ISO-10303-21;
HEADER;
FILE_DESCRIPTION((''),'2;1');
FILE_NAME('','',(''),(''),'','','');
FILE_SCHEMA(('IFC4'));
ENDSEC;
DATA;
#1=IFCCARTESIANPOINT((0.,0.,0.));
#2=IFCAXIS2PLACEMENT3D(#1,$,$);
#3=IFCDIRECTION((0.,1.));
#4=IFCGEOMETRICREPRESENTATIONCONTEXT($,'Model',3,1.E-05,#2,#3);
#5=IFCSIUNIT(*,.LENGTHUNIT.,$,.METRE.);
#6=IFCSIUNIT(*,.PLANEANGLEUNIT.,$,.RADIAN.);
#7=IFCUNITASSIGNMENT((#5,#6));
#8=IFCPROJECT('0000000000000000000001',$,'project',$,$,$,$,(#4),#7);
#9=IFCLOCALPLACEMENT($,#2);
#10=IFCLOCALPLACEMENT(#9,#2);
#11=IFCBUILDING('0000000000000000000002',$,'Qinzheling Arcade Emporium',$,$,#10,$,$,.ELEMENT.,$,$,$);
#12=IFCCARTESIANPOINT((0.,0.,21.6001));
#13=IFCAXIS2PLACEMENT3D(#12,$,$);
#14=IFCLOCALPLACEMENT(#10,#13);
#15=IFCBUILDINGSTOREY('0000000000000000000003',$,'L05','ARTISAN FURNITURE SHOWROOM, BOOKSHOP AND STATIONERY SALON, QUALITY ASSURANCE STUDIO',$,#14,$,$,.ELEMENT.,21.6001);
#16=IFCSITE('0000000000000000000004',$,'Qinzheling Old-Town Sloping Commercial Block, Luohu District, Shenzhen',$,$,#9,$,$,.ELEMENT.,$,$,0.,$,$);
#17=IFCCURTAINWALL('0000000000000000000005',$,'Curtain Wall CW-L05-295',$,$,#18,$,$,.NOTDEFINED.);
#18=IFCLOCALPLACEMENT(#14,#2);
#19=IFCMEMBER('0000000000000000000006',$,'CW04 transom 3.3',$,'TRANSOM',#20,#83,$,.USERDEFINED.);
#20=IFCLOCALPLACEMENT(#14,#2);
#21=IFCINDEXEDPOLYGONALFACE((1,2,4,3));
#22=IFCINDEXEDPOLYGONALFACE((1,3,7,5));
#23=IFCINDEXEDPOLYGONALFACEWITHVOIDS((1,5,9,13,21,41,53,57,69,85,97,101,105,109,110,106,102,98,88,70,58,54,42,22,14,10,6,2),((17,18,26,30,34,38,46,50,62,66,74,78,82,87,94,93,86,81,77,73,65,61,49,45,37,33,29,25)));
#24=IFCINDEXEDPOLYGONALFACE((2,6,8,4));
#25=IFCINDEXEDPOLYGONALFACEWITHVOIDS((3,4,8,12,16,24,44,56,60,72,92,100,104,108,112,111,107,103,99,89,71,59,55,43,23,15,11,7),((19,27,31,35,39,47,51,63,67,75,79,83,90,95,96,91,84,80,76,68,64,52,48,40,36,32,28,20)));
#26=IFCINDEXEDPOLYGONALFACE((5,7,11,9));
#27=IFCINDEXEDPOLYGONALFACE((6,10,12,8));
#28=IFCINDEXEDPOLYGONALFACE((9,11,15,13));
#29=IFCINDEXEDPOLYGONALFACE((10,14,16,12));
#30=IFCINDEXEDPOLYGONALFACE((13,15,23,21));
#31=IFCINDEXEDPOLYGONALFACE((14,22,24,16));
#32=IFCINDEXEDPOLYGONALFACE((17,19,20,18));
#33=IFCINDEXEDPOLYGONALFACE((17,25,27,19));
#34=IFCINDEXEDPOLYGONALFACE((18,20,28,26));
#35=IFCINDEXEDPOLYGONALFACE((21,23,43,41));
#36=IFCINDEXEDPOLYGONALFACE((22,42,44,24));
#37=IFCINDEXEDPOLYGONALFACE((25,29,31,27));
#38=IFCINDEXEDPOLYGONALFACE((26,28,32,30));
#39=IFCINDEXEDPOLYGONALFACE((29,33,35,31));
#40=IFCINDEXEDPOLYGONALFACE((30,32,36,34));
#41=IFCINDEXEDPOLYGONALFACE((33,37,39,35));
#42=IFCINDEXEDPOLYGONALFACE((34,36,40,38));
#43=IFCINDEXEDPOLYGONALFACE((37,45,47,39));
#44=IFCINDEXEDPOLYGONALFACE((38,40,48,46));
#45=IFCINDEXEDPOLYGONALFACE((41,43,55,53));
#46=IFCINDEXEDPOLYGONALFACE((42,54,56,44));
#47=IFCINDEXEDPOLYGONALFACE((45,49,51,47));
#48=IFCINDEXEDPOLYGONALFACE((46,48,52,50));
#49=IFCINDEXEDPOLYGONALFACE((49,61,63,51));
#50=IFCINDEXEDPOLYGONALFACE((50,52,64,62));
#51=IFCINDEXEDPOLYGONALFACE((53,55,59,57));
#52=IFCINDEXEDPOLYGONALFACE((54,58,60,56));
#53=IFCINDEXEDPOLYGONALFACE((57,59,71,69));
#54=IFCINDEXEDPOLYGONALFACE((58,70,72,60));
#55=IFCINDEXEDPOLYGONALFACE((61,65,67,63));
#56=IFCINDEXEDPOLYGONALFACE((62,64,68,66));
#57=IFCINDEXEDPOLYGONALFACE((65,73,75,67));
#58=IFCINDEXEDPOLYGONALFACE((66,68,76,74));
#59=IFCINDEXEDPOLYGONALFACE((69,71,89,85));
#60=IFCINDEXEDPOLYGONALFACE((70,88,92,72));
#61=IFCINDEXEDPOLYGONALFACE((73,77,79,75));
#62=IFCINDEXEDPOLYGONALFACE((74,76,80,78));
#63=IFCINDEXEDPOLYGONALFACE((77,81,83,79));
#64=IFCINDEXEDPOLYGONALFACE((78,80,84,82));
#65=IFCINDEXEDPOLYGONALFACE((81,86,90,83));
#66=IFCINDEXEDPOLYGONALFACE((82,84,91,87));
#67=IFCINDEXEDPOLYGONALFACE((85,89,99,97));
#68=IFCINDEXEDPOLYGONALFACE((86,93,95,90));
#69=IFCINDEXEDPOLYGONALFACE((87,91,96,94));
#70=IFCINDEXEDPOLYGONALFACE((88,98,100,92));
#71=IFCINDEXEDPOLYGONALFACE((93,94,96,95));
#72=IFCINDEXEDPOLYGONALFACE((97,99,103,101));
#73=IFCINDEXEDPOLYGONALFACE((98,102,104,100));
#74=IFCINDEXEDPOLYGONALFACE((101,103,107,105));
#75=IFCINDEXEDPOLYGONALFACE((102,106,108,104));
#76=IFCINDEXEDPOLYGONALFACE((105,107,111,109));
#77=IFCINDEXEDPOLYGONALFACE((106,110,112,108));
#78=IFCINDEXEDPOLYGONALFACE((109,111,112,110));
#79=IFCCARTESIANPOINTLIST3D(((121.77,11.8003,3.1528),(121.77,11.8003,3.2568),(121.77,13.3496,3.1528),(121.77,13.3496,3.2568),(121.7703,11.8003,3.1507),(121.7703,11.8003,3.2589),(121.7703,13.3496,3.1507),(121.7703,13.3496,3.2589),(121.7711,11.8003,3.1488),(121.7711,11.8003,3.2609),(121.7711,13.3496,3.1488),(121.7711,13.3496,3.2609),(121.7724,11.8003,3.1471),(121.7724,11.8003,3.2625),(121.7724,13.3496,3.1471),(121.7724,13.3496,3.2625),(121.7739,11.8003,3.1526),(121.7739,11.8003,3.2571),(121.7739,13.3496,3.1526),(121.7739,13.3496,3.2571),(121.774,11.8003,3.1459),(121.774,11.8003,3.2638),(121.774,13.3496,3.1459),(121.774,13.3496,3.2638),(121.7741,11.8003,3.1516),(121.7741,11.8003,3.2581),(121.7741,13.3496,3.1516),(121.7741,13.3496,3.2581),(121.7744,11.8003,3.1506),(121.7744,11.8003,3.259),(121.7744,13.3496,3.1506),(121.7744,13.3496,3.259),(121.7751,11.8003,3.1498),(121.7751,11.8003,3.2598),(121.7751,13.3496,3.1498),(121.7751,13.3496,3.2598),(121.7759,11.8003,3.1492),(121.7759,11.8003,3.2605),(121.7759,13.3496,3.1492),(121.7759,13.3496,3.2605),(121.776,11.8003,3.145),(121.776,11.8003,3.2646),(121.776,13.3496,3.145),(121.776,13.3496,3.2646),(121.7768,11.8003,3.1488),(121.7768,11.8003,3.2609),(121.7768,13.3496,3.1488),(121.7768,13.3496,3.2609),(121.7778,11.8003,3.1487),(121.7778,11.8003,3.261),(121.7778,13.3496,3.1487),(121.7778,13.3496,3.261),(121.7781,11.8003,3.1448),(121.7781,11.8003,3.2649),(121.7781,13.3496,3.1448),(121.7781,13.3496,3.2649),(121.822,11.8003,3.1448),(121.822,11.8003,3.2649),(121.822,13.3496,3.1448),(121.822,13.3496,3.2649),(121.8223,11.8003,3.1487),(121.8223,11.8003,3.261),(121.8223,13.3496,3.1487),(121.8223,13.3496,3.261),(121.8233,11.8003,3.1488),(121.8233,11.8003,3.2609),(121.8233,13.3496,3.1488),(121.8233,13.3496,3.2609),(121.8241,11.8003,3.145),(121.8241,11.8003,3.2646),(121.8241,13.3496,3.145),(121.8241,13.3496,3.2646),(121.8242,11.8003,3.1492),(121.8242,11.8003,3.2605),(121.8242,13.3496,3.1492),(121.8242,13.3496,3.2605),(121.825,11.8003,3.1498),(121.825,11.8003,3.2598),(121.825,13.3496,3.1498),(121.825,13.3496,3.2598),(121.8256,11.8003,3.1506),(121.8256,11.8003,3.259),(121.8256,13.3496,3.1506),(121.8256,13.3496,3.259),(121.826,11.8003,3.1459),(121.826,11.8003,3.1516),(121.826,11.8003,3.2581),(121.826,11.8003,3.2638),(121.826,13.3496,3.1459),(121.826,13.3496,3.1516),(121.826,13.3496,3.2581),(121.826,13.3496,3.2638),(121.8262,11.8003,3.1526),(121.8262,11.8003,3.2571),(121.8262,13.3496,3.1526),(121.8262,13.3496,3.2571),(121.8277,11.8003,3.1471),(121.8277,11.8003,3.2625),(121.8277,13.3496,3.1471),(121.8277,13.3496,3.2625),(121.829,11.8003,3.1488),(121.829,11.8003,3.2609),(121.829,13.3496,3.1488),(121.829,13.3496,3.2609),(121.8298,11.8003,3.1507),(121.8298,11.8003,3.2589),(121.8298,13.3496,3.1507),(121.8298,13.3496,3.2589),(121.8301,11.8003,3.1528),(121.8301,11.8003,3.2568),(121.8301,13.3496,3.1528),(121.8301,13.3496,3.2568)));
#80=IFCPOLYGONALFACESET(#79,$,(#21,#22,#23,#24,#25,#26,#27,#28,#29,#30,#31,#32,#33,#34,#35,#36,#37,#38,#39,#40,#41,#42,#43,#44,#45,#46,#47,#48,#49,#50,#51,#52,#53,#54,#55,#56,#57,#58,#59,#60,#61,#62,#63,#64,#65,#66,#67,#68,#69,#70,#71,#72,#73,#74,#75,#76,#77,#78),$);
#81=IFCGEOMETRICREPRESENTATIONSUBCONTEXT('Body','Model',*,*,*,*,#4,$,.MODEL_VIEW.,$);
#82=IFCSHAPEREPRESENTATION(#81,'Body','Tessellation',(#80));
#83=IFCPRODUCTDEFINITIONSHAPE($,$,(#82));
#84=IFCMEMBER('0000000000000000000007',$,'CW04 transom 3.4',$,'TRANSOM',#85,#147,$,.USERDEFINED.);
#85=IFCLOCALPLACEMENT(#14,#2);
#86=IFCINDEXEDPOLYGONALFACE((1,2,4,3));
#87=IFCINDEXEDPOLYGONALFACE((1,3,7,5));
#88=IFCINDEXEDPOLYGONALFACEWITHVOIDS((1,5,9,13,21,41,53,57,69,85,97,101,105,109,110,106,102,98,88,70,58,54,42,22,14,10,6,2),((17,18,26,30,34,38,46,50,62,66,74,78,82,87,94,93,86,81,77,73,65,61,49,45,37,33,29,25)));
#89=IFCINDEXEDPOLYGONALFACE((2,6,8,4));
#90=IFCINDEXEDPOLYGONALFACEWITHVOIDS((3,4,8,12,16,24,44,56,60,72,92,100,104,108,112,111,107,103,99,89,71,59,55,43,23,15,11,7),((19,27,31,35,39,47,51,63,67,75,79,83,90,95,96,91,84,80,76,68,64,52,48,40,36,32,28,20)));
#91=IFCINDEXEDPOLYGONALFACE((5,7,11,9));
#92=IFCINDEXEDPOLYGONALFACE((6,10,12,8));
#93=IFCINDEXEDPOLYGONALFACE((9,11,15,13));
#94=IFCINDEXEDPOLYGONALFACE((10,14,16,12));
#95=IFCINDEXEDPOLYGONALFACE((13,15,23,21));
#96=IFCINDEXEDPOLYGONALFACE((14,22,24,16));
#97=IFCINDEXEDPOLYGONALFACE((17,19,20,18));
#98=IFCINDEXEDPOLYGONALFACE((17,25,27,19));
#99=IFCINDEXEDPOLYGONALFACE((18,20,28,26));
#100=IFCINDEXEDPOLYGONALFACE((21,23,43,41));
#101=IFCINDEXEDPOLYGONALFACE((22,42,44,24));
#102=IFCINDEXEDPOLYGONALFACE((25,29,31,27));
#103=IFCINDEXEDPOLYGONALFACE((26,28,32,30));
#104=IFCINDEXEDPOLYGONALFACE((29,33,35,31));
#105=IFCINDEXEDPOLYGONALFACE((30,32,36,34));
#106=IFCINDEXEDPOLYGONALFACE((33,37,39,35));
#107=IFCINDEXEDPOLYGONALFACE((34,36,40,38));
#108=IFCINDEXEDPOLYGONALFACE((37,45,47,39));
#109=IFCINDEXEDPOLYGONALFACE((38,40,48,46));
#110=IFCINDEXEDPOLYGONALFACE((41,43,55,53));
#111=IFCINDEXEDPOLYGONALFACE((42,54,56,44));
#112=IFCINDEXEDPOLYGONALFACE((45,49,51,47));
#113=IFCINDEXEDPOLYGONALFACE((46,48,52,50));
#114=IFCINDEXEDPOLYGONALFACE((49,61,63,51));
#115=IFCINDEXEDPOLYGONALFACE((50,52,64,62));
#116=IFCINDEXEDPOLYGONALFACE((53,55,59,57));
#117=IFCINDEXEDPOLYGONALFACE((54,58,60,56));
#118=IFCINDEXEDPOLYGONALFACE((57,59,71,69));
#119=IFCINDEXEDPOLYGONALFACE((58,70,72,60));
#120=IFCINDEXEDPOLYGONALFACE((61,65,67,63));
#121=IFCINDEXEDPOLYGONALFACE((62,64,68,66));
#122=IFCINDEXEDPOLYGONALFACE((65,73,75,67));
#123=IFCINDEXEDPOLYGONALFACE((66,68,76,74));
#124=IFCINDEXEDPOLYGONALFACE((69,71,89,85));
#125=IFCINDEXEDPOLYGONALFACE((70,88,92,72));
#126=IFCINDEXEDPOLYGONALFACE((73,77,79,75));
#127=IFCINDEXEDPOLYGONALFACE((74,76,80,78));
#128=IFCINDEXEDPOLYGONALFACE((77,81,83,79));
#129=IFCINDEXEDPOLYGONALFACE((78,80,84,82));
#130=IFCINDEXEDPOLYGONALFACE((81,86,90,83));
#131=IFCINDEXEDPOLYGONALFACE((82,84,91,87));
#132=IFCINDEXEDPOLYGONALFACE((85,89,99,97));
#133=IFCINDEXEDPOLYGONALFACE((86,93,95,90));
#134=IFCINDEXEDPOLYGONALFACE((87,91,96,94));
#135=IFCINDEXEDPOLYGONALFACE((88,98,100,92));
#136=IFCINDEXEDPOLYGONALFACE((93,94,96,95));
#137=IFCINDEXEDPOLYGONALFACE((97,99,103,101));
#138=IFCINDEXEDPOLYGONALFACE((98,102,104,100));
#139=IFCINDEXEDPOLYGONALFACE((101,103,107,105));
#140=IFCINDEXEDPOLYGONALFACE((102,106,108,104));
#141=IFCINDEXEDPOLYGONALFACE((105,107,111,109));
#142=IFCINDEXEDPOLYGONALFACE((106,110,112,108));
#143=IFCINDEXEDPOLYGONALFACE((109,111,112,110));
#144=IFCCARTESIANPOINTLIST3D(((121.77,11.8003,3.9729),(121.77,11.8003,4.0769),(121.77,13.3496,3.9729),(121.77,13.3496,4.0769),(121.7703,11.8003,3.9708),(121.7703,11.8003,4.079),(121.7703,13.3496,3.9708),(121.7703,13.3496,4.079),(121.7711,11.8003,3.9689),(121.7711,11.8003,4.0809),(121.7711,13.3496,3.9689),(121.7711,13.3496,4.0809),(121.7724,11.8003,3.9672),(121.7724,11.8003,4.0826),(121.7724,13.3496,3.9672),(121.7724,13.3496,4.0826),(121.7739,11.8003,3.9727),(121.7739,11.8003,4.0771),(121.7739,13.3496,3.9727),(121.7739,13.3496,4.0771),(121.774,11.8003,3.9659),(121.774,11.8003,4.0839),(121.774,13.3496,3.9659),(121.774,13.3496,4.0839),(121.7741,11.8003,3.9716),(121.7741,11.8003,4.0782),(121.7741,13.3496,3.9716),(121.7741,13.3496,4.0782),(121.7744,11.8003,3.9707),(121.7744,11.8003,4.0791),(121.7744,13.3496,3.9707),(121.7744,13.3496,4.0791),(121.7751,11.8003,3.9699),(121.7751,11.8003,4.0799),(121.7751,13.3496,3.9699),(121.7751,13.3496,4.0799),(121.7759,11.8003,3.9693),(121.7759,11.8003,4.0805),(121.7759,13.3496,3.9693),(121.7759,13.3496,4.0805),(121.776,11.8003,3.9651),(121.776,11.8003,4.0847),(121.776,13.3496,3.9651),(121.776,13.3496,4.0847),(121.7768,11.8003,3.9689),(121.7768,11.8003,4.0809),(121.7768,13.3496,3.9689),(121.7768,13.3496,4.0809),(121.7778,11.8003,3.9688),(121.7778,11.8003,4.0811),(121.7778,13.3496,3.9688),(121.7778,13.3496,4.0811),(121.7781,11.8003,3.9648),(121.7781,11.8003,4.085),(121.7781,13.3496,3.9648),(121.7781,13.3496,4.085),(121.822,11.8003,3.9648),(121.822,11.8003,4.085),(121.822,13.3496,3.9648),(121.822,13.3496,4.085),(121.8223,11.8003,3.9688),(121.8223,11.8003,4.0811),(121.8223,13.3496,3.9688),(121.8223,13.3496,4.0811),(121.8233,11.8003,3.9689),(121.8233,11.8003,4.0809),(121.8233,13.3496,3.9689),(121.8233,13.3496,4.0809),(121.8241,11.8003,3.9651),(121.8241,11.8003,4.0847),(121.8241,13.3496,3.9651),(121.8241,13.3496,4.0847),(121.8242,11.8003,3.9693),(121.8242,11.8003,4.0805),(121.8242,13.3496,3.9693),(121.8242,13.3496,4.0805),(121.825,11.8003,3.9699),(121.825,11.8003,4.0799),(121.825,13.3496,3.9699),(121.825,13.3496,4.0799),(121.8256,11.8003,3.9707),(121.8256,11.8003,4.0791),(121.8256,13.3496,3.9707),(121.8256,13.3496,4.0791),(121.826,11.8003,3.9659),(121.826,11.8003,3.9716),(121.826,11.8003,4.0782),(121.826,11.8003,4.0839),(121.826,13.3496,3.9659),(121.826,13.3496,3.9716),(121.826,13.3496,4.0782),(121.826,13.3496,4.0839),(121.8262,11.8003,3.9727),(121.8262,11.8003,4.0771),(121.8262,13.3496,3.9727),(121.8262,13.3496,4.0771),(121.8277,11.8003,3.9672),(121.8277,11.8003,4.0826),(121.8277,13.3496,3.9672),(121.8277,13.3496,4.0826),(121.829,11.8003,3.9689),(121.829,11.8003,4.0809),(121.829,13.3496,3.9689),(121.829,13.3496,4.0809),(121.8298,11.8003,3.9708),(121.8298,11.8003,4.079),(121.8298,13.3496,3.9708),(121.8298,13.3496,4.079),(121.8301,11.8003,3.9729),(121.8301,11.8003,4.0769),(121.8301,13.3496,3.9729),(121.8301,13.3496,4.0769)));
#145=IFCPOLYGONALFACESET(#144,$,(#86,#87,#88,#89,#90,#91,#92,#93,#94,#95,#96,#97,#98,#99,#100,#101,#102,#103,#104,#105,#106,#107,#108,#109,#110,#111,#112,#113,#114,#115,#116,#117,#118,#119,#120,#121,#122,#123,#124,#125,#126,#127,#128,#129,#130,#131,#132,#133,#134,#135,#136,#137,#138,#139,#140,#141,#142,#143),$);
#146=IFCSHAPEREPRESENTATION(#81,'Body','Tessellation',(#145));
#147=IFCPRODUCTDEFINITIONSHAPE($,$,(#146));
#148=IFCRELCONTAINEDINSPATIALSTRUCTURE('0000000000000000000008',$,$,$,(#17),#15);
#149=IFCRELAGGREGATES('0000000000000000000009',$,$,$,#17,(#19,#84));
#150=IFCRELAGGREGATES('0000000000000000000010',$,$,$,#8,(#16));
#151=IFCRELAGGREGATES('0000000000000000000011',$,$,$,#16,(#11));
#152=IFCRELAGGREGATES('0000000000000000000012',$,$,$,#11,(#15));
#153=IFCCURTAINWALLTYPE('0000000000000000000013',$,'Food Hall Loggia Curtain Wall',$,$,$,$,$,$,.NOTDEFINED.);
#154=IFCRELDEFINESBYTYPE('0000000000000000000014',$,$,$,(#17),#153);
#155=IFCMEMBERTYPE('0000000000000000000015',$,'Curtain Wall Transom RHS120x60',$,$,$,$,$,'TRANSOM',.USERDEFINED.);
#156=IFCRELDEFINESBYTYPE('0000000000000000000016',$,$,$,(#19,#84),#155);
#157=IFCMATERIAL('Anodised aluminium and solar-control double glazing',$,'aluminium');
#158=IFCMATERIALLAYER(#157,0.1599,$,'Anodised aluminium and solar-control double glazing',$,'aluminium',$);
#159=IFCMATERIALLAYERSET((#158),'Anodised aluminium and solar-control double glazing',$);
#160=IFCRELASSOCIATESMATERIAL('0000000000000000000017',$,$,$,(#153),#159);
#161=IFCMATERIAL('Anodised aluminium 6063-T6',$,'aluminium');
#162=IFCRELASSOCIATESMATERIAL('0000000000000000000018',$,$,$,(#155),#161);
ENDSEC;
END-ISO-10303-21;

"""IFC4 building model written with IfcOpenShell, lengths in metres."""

from ifc_helpers import new_model, si_unit, direction, frame, origin, origin_2d, place, context, subcontext, project, spatial, hollow_rectangle, extrude, material, layer, layer_set, material_profile, profile_set, type_object, element, aggregate, save


model = new_model("IFC4")

# Units and contexts
model_context = context("Model", 3, precision=1e-05, world=origin(), true_north=direction((0.0, 1.0)))
body_context = subcontext(model_context, "Body", "Model", "MODEL_VIEW")
ifc_project = project(units=[si_unit("LENGTHUNIT", "METRE"), si_unit("PLANEANGLEUNIT", "RADIAN")], contexts=[model_context])

# Site, building, storey
site_placement = place(None, origin())
site = spatial("IfcSite", under=ifc_project, at=site_placement, Name="Qinzheling Old-Town Sloping Commercial Block, Luohu District, Shenzhen", CompositionType="ELEMENT", RefElevation=0.0)
building_placement = place(site_placement, origin())
building = spatial("IfcBuilding", under=site, at=building_placement, Name="Qinzheling Arcade Emporium", CompositionType="ELEMENT")
storey_placement = place(building_placement, frame((0.0, 0.0, 21.6001)))
storey = spatial("IfcBuildingStorey", under=building, at=storey_placement, Name="L05", Description="ARTISAN FURNITURE SHOWROOM, BOOKSHOP AND STATIONERY SALON, QUALITY ASSURANCE STUDIO", CompositionType="ELEMENT", Elevation=21.6001)

# Curtain wall, members
ifc_material_1 = material(Name="Anodised aluminium and solar-control double glazing", Category="aluminium")
ifc_layer_1 = layer(ifc_material_1, 0.1599, Name="Anodised aluminium and solar-control double glazing", Category="aluminium")
ifc_layer_set_1 = layer_set([ifc_layer_1], Name="Anodised aluminium and solar-control double glazing")
curtain_wall_type = type_object("IfcCurtainWallType", Name="Food Hall Loggia Curtain Wall", PredefinedType="NOTDEFINED", material=ifc_layer_set_1)
curtain_wall_placement = place(storey_placement, origin())
curtain_wall = element("IfcCurtainWall", 1, at=curtain_wall_placement, inside=storey, type_object=curtain_wall_type, Name="Curtain Wall CW-L05-295", PredefinedType="NOTDEFINED")
ifc_material_2 = material(Name="Anodised aluminium 6063-T6", Category="aluminium")
ifc_material_profile_1 = material_profile(ifc_material_2, hollow_rectangle(XDim=0.0601, YDim=0.1201, WallThickness=0.0039, InnerFilletRadius=0.0039, OuterFilletRadius=0.0081, at=origin_2d()), Name="RHS 120x60x4", Category="aluminium")
ifc_profile_set_1 = profile_set([ifc_material_profile_1], Name="Anodised aluminium 6063-T6")
member_type_1 = type_object("IfcMemberType", Name="Curtain Wall Transom RHS120x60", ElementType="TRANSOM", PredefinedType="USERDEFINED", material=ifc_profile_set_1)
member_1_placement = place(storey_placement, frame((121.8, 11.8003, 3.2048), z_axis=(0.0, 1.0, 0.0), x_axis=(-1.0, 0.0, 0.0)))
member_1 = element("IfcMember", 2, at=member_1_placement, type_object=member_type_1, Name="CW04 transom 3.3", ObjectType="TRANSOM", PredefinedType="USERDEFINED", context=body_context, shape_type="SweptSolid", body=[
    extrude(hollow_rectangle(XDim=0.0601, YDim=0.1201, WallThickness=0.0039, InnerFilletRadius=0.0039, OuterFilletRadius=0.0081, at=origin_2d()), origin(), (0.0, 0.0, 1.0), 1.5493),
])
member_2_placement = place(storey_placement, frame((121.8, 11.8003, 4.0249), z_axis=(0.0, 1.0, 0.0), x_axis=(-1.0, 0.0, 0.0)))
member_2 = element("IfcMember", 3, at=member_2_placement, type_object=member_type_1, Name="CW04 transom 3.4", ObjectType="TRANSOM", PredefinedType="USERDEFINED", context=body_context, shape_type="SweptSolid", body=[
    extrude(hollow_rectangle(XDim=0.0601, YDim=0.1201, WallThickness=0.0039, InnerFilletRadius=0.0039, OuterFilletRadius=0.0081, at=origin_2d()), origin(), (0.0, 0.0, 1.0), 1.5493),
])

aggregate(curtain_wall, [member_1, member_2])

save(model, "model.ifc")
